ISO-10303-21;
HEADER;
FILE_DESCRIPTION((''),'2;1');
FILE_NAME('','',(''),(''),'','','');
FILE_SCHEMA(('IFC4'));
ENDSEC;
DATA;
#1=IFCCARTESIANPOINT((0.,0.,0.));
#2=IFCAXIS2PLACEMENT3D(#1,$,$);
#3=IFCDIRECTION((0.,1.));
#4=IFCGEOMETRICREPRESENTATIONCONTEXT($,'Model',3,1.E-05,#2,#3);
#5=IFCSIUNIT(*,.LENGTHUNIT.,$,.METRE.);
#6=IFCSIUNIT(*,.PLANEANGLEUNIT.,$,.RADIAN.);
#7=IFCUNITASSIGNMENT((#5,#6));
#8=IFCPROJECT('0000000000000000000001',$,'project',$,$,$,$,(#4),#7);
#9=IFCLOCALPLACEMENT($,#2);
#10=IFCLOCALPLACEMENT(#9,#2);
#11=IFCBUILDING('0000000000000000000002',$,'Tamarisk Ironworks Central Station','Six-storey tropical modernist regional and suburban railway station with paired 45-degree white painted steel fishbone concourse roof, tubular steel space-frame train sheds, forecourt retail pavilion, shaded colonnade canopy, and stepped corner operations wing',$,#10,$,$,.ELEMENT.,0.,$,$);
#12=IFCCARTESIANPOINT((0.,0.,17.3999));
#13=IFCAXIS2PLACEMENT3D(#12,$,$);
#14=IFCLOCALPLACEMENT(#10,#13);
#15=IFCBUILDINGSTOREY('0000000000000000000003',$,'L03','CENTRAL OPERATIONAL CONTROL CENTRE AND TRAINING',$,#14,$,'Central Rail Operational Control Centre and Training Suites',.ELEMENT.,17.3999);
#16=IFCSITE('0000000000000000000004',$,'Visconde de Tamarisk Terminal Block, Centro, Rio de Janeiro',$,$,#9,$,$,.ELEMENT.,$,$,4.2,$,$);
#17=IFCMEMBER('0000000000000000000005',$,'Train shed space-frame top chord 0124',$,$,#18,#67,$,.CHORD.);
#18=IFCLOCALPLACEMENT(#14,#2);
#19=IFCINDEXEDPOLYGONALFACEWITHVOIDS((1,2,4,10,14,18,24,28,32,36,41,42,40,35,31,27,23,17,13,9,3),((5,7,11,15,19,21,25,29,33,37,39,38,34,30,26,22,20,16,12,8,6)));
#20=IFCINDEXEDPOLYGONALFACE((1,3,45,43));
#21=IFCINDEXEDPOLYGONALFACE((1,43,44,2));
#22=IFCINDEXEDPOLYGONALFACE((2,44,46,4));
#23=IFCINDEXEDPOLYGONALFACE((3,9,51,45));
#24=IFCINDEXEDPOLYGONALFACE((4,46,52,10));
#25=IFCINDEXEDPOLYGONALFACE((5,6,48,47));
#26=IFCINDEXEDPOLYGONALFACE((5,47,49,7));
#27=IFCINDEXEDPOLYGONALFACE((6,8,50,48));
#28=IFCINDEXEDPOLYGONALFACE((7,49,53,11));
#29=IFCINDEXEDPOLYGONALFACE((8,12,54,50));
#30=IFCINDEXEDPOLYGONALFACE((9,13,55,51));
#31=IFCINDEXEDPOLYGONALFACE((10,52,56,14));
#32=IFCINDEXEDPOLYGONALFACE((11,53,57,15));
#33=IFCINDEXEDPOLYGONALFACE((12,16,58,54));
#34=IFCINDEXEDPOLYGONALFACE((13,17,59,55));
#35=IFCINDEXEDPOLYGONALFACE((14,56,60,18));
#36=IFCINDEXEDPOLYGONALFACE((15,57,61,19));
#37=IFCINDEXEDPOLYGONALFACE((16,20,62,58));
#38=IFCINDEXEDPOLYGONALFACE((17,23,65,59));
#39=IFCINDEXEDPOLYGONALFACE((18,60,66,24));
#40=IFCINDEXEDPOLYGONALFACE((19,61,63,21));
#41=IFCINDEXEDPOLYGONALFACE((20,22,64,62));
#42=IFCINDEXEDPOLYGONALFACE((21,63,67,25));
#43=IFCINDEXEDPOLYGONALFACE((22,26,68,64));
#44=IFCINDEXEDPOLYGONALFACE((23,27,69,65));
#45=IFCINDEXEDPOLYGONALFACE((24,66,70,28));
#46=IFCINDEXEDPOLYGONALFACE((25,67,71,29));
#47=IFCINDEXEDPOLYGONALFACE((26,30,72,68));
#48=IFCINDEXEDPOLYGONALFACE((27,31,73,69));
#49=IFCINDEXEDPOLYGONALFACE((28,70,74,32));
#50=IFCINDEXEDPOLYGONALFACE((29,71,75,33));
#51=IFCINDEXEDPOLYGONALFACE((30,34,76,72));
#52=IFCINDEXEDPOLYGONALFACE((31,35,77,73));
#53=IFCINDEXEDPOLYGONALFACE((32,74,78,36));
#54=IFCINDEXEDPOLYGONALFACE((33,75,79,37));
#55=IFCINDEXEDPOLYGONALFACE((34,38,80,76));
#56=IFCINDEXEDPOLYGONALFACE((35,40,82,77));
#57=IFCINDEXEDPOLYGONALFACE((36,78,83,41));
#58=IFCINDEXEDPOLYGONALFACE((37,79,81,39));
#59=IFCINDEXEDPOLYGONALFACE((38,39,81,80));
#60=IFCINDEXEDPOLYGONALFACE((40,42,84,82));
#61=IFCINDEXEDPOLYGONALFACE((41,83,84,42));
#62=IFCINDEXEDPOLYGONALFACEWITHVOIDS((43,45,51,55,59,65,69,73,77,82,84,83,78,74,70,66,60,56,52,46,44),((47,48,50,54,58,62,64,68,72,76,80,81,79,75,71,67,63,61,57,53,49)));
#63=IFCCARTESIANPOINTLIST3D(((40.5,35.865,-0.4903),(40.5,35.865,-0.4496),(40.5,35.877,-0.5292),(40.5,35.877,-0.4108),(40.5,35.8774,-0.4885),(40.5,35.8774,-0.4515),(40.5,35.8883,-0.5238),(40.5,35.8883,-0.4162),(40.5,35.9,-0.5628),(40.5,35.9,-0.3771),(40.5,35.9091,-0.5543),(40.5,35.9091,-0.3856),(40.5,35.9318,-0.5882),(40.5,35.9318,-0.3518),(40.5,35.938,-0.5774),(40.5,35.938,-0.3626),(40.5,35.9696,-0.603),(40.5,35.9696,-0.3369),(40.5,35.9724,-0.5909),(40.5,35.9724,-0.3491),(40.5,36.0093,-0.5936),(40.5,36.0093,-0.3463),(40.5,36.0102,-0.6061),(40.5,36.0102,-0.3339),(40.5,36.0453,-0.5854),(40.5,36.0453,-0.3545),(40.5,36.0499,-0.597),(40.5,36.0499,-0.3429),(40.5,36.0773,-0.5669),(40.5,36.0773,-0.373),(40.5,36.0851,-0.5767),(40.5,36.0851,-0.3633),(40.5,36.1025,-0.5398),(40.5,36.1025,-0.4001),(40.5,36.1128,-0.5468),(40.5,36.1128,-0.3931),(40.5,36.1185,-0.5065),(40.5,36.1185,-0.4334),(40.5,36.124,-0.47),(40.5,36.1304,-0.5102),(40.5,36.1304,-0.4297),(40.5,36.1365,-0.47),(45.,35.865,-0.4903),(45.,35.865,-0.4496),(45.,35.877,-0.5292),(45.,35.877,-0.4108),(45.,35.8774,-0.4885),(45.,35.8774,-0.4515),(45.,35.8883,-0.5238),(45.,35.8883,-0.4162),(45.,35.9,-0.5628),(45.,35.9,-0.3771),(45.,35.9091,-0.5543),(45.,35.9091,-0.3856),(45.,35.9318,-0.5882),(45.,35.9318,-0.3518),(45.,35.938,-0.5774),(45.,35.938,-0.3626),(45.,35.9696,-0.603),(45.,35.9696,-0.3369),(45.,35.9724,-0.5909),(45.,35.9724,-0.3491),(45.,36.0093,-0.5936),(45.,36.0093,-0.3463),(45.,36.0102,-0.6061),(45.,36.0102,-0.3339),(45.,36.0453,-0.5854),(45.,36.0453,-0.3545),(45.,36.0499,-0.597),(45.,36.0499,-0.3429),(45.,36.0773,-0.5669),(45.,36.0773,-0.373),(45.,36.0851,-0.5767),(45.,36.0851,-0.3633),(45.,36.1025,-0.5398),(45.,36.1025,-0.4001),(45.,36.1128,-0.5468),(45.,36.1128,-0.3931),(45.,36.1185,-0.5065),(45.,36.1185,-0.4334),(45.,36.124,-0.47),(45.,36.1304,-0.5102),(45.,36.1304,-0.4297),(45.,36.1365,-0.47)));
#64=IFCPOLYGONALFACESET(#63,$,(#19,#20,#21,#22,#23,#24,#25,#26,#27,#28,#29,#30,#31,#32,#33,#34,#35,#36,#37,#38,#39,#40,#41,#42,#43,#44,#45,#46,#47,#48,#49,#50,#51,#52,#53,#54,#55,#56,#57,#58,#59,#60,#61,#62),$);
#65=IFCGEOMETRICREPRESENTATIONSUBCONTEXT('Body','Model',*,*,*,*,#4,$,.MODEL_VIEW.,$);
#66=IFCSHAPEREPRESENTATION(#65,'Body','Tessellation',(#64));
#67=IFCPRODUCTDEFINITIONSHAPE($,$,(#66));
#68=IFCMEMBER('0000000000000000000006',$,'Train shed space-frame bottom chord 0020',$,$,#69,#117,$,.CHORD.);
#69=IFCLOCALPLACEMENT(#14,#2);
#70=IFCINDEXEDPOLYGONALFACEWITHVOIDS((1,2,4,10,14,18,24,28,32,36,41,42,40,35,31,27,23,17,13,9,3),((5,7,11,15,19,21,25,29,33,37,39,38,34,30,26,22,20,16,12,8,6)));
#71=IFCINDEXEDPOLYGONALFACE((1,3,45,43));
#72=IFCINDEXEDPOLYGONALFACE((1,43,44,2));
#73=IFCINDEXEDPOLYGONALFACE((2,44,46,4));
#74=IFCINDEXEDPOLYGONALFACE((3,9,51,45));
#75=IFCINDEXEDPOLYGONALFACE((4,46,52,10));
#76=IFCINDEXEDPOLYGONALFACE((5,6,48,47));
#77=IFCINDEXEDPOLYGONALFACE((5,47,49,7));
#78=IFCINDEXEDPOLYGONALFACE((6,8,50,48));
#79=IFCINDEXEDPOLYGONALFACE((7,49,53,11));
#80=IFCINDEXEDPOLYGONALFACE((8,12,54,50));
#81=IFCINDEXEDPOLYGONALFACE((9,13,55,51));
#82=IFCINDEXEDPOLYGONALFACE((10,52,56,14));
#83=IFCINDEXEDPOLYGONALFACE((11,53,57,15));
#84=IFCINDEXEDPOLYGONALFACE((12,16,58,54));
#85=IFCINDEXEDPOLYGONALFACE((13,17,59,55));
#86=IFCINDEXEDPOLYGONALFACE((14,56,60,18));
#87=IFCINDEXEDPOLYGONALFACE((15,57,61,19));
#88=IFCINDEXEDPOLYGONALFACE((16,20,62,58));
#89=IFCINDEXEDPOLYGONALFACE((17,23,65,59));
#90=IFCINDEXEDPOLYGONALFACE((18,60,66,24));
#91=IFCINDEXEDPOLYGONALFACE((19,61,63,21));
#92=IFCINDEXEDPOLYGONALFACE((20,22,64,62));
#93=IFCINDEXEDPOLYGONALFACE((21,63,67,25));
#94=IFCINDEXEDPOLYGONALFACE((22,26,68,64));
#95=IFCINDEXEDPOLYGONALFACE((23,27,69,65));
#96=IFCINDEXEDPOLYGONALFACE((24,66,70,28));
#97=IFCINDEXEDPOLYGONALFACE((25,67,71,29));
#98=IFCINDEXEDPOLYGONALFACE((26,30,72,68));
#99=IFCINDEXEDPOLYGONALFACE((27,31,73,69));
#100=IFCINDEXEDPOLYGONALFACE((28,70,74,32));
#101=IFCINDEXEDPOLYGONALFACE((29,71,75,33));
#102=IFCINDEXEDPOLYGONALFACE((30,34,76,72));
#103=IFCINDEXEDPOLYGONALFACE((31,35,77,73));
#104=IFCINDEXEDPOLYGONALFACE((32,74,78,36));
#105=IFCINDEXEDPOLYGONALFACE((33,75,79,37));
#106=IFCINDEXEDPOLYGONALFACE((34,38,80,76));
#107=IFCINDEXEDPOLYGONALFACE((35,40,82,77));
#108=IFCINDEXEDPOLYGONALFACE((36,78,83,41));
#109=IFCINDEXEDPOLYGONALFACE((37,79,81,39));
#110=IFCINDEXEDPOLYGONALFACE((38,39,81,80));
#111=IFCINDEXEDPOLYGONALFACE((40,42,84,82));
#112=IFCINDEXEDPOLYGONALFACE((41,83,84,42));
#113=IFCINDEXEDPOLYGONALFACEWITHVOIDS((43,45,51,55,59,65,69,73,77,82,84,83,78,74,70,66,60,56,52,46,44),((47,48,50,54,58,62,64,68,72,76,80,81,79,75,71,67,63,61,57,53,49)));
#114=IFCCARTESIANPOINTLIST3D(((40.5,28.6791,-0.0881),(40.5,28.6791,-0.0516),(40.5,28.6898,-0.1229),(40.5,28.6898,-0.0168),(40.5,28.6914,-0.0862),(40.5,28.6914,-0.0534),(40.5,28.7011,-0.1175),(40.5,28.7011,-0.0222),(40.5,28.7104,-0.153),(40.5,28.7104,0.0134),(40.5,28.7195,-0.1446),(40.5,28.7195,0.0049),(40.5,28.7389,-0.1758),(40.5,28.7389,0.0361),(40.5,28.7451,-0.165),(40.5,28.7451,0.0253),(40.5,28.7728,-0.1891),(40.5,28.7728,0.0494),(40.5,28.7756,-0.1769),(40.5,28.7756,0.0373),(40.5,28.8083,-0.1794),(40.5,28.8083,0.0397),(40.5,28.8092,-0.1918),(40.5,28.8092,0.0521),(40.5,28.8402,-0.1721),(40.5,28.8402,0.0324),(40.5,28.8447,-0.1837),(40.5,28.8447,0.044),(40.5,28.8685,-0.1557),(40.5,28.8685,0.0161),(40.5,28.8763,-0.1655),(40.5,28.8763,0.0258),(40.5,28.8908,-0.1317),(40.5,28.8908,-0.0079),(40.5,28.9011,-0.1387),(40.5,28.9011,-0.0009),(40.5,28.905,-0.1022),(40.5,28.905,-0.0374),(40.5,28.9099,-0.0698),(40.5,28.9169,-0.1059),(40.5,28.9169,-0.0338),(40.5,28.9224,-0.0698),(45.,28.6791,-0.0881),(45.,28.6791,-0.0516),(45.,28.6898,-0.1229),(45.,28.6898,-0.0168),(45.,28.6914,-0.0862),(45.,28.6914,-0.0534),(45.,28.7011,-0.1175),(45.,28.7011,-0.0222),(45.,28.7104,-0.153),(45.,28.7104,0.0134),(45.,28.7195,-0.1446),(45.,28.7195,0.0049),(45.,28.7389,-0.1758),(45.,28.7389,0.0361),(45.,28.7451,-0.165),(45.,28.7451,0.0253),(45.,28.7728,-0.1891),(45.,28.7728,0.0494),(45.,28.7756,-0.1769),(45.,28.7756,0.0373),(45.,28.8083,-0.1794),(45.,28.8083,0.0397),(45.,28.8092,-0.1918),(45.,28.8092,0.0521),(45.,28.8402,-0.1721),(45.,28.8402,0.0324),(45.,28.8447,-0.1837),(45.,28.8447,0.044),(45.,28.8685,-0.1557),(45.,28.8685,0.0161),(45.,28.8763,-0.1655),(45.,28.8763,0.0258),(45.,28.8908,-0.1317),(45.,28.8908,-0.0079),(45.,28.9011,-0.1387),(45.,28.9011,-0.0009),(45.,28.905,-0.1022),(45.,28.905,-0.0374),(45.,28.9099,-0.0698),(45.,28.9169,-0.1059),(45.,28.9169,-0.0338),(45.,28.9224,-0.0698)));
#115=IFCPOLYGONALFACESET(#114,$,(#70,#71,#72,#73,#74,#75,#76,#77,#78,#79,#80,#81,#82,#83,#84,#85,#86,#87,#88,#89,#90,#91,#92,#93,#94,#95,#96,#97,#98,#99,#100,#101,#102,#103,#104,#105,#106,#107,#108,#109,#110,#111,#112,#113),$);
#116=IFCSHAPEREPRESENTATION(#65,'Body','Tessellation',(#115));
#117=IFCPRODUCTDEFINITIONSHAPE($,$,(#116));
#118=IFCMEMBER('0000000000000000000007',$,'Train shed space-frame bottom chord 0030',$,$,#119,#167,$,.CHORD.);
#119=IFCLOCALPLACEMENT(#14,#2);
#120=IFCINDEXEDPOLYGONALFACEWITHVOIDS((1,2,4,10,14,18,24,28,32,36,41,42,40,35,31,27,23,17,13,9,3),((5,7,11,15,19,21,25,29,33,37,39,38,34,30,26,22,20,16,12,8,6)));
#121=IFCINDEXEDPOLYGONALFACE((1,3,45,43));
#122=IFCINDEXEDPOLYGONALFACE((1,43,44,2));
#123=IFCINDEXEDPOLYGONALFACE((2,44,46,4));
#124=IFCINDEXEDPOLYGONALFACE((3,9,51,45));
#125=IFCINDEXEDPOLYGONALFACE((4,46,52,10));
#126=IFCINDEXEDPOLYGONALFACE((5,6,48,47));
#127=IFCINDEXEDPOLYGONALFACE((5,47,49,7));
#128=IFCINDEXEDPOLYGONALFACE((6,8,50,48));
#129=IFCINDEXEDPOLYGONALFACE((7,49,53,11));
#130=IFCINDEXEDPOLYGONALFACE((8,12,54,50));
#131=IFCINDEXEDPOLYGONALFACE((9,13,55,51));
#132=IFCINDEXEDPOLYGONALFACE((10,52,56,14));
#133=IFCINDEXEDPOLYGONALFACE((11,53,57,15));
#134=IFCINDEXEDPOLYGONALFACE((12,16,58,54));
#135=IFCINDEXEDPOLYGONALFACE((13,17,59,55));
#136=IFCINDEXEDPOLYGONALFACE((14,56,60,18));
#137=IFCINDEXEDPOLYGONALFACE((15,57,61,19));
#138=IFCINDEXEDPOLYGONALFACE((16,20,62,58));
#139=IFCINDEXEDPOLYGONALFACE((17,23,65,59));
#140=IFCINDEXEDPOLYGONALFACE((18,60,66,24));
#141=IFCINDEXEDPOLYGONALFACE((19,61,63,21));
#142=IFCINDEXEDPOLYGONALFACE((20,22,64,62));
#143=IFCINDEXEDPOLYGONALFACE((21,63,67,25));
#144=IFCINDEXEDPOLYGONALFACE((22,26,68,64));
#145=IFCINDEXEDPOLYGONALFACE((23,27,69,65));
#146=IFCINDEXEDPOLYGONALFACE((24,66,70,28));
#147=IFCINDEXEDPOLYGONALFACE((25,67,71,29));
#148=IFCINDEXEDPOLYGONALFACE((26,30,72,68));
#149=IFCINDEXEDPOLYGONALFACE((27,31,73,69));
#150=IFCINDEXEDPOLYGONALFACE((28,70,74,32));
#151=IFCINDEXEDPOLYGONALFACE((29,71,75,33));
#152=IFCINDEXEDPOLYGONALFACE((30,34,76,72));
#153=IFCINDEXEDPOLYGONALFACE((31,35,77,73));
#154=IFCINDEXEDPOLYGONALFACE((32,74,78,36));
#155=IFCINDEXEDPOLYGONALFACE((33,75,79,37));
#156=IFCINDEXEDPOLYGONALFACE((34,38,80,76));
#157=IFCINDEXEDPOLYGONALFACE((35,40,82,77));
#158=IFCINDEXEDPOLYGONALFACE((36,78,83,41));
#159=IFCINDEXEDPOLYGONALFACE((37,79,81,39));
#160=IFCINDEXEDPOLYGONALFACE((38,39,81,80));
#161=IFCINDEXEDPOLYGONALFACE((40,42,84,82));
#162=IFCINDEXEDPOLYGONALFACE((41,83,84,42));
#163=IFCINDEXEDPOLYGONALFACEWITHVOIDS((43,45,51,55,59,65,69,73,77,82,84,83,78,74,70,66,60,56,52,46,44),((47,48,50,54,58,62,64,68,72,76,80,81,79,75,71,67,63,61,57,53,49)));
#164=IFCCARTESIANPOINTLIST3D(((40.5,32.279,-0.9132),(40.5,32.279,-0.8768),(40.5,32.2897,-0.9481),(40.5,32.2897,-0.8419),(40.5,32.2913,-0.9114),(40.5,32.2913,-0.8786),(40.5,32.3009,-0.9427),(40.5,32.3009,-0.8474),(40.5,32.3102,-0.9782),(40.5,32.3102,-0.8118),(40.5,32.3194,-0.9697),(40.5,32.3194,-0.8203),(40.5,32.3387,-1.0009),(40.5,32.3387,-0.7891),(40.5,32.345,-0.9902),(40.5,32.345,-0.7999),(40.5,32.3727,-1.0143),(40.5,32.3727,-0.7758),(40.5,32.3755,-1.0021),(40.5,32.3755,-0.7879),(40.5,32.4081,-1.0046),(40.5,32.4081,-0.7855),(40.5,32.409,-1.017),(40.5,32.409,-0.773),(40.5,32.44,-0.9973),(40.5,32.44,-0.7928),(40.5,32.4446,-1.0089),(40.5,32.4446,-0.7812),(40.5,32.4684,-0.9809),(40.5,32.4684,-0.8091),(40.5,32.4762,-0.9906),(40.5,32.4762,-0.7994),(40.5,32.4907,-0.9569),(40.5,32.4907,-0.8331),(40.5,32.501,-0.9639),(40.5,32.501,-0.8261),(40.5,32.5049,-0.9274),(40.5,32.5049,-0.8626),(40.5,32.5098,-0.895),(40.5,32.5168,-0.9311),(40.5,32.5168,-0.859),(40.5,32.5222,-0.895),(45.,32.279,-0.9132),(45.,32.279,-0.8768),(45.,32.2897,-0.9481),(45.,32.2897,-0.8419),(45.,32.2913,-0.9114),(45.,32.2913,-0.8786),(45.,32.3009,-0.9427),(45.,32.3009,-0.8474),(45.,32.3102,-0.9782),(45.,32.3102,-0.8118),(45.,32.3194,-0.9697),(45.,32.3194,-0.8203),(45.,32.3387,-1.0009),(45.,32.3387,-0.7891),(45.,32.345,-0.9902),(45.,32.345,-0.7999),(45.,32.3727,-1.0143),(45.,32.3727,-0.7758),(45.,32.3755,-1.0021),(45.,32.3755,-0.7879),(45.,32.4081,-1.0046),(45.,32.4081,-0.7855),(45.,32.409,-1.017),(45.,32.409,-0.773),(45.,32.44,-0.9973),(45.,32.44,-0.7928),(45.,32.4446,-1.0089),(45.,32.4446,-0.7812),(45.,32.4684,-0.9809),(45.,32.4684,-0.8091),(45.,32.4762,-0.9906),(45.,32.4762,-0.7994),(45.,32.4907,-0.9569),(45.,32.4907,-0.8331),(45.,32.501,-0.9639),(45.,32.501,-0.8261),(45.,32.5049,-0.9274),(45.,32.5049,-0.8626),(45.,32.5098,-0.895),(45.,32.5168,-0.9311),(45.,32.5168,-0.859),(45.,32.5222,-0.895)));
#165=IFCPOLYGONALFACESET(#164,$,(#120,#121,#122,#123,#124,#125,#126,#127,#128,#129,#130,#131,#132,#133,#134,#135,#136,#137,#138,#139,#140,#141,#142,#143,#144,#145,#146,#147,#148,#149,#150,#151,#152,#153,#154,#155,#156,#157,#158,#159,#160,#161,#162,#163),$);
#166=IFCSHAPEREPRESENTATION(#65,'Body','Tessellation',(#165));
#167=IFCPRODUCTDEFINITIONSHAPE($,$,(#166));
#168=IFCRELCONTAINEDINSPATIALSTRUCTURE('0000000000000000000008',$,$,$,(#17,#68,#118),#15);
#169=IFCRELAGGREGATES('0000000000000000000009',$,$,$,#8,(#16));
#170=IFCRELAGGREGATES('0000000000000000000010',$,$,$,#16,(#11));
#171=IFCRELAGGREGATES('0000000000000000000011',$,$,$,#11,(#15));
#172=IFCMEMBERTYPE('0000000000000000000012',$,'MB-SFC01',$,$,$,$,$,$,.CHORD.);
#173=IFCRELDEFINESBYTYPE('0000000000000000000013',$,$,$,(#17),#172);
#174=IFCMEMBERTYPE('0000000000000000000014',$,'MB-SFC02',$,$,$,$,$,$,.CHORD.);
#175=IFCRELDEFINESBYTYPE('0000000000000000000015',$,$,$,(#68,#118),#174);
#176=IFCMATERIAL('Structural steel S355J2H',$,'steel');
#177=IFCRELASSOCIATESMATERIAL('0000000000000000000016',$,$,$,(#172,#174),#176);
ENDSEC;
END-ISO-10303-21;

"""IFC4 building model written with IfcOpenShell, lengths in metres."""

from ifc_helpers import new_model, si_unit, direction, frame, origin, origin_2d, place, context, subcontext, project, spatial, hollow_circle, extrude, material, material_profile, profile_set, type_object, element, save


model = new_model("IFC4")

# Units and contexts
model_context = context("Model", 3, precision=1e-05, world=origin(), true_north=direction((0.0, 1.0)))
body_context = subcontext(model_context, "Body", "Model", "MODEL_VIEW")
ifc_project = project(units=[si_unit("LENGTHUNIT", "METRE"), si_unit("PLANEANGLEUNIT", "RADIAN")], contexts=[model_context])

# Site, building, storey
site_placement = place(None, origin())
site = spatial("IfcSite", under=ifc_project, at=site_placement, Name="Visconde de Tamarisk Terminal Block, Centro, Rio de Janeiro", CompositionType="ELEMENT", RefElevation=4.2)
building_placement = place(site_placement, origin())
building = spatial("IfcBuilding", under=site, at=building_placement, Name="Tamarisk Ironworks Central Station", Description="Six-storey tropical modernist regional and suburban railway station with paired 45-degree white painted steel fishbone concourse roof, tubular steel space-frame train sheds, forecourt retail pavilion, shaded colonnade canopy, and stepped corner operations wing", CompositionType="ELEMENT", ElevationOfRefHeight=0.0)
storey_placement = place(building_placement, frame((0.0, 0.0, 17.3999)))
storey = spatial("IfcBuildingStorey", under=building, at=storey_placement, Name="L03", Description="CENTRAL OPERATIONAL CONTROL CENTRE AND TRAINING", LongName="Central Rail Operational Control Centre and Training Suites", CompositionType="ELEMENT", Elevation=17.3999)

# Members
ifc_material_1 = material(Name="Structural steel S355J2H", Category="steel")
ifc_material_profile_1 = material_profile(ifc_material_1, hollow_circle(Radius=0.1365, WallThickness=0.0125, at=origin_2d()), Name="CHS 273x12.5")
ifc_profile_set_1 = profile_set([ifc_material_profile_1], Name="Structural steel S355J2H")
member_type_1 = type_object("IfcMemberType", Name="MB-SFC01", PredefinedType="CHORD", material=ifc_profile_set_1)
for number, where, z_axis, x_axis, name in (
    (1, (40.5, 36.0, -0.47), (1.0, 0.0, 0.0), (0.0, 1.0, 0.0), "Train shed space-frame top chord 0124"),
):
    element("IfcMember", number, at=place(storey_placement, frame(where, z_axis=z_axis, x_axis=x_axis)), inside=storey, type_object=member_type_1, Name=name, PredefinedType="CHORD", context=body_context, shape_type="SweptSolid", body=[
        extrude(hollow_circle(Radius=0.1365, WallThickness=0.0125, at=origin_2d()), origin(), (0.0, 0.0, 1.0), 4.5),
    ])
ifc_material_profile_2 = material_profile(ifc_material_1, hollow_circle(Radius=0.1223, WallThickness=0.0125, at=origin_2d()), Name="CHS 244.5x12.5")
ifc_profile_set_2 = profile_set([ifc_material_profile_2], Name="Structural steel S355J2H")
member_type_2 = type_object("IfcMemberType", Name="MB-SFC02", PredefinedType="CHORD", material=ifc_profile_set_2)
for number, where, z_axis, x_axis, name in (
    (2, (40.5, 28.8, -0.0698), (1.0, 0.0, 0.0), (0.0, 1.0, 0.0), "Train shed space-frame bottom chord 0020"),
    (3, (40.5, 32.3999, -0.895), (1.0, 0.0, 0.0), (0.0, 1.0, 0.0), "Train shed space-frame bottom chord 0030"),
):
    element("IfcMember", number, at=place(storey_placement, frame(where, z_axis=z_axis, x_axis=x_axis)), inside=storey, type_object=member_type_2, Name=name, PredefinedType="CHORD", context=body_context, shape_type="SweptSolid", body=[
        extrude(hollow_circle(Radius=0.1223, WallThickness=0.0125, at=origin_2d()), origin(), (0.0, 0.0, 1.0), 4.5),
    ])

save(model, "model.ifc")
